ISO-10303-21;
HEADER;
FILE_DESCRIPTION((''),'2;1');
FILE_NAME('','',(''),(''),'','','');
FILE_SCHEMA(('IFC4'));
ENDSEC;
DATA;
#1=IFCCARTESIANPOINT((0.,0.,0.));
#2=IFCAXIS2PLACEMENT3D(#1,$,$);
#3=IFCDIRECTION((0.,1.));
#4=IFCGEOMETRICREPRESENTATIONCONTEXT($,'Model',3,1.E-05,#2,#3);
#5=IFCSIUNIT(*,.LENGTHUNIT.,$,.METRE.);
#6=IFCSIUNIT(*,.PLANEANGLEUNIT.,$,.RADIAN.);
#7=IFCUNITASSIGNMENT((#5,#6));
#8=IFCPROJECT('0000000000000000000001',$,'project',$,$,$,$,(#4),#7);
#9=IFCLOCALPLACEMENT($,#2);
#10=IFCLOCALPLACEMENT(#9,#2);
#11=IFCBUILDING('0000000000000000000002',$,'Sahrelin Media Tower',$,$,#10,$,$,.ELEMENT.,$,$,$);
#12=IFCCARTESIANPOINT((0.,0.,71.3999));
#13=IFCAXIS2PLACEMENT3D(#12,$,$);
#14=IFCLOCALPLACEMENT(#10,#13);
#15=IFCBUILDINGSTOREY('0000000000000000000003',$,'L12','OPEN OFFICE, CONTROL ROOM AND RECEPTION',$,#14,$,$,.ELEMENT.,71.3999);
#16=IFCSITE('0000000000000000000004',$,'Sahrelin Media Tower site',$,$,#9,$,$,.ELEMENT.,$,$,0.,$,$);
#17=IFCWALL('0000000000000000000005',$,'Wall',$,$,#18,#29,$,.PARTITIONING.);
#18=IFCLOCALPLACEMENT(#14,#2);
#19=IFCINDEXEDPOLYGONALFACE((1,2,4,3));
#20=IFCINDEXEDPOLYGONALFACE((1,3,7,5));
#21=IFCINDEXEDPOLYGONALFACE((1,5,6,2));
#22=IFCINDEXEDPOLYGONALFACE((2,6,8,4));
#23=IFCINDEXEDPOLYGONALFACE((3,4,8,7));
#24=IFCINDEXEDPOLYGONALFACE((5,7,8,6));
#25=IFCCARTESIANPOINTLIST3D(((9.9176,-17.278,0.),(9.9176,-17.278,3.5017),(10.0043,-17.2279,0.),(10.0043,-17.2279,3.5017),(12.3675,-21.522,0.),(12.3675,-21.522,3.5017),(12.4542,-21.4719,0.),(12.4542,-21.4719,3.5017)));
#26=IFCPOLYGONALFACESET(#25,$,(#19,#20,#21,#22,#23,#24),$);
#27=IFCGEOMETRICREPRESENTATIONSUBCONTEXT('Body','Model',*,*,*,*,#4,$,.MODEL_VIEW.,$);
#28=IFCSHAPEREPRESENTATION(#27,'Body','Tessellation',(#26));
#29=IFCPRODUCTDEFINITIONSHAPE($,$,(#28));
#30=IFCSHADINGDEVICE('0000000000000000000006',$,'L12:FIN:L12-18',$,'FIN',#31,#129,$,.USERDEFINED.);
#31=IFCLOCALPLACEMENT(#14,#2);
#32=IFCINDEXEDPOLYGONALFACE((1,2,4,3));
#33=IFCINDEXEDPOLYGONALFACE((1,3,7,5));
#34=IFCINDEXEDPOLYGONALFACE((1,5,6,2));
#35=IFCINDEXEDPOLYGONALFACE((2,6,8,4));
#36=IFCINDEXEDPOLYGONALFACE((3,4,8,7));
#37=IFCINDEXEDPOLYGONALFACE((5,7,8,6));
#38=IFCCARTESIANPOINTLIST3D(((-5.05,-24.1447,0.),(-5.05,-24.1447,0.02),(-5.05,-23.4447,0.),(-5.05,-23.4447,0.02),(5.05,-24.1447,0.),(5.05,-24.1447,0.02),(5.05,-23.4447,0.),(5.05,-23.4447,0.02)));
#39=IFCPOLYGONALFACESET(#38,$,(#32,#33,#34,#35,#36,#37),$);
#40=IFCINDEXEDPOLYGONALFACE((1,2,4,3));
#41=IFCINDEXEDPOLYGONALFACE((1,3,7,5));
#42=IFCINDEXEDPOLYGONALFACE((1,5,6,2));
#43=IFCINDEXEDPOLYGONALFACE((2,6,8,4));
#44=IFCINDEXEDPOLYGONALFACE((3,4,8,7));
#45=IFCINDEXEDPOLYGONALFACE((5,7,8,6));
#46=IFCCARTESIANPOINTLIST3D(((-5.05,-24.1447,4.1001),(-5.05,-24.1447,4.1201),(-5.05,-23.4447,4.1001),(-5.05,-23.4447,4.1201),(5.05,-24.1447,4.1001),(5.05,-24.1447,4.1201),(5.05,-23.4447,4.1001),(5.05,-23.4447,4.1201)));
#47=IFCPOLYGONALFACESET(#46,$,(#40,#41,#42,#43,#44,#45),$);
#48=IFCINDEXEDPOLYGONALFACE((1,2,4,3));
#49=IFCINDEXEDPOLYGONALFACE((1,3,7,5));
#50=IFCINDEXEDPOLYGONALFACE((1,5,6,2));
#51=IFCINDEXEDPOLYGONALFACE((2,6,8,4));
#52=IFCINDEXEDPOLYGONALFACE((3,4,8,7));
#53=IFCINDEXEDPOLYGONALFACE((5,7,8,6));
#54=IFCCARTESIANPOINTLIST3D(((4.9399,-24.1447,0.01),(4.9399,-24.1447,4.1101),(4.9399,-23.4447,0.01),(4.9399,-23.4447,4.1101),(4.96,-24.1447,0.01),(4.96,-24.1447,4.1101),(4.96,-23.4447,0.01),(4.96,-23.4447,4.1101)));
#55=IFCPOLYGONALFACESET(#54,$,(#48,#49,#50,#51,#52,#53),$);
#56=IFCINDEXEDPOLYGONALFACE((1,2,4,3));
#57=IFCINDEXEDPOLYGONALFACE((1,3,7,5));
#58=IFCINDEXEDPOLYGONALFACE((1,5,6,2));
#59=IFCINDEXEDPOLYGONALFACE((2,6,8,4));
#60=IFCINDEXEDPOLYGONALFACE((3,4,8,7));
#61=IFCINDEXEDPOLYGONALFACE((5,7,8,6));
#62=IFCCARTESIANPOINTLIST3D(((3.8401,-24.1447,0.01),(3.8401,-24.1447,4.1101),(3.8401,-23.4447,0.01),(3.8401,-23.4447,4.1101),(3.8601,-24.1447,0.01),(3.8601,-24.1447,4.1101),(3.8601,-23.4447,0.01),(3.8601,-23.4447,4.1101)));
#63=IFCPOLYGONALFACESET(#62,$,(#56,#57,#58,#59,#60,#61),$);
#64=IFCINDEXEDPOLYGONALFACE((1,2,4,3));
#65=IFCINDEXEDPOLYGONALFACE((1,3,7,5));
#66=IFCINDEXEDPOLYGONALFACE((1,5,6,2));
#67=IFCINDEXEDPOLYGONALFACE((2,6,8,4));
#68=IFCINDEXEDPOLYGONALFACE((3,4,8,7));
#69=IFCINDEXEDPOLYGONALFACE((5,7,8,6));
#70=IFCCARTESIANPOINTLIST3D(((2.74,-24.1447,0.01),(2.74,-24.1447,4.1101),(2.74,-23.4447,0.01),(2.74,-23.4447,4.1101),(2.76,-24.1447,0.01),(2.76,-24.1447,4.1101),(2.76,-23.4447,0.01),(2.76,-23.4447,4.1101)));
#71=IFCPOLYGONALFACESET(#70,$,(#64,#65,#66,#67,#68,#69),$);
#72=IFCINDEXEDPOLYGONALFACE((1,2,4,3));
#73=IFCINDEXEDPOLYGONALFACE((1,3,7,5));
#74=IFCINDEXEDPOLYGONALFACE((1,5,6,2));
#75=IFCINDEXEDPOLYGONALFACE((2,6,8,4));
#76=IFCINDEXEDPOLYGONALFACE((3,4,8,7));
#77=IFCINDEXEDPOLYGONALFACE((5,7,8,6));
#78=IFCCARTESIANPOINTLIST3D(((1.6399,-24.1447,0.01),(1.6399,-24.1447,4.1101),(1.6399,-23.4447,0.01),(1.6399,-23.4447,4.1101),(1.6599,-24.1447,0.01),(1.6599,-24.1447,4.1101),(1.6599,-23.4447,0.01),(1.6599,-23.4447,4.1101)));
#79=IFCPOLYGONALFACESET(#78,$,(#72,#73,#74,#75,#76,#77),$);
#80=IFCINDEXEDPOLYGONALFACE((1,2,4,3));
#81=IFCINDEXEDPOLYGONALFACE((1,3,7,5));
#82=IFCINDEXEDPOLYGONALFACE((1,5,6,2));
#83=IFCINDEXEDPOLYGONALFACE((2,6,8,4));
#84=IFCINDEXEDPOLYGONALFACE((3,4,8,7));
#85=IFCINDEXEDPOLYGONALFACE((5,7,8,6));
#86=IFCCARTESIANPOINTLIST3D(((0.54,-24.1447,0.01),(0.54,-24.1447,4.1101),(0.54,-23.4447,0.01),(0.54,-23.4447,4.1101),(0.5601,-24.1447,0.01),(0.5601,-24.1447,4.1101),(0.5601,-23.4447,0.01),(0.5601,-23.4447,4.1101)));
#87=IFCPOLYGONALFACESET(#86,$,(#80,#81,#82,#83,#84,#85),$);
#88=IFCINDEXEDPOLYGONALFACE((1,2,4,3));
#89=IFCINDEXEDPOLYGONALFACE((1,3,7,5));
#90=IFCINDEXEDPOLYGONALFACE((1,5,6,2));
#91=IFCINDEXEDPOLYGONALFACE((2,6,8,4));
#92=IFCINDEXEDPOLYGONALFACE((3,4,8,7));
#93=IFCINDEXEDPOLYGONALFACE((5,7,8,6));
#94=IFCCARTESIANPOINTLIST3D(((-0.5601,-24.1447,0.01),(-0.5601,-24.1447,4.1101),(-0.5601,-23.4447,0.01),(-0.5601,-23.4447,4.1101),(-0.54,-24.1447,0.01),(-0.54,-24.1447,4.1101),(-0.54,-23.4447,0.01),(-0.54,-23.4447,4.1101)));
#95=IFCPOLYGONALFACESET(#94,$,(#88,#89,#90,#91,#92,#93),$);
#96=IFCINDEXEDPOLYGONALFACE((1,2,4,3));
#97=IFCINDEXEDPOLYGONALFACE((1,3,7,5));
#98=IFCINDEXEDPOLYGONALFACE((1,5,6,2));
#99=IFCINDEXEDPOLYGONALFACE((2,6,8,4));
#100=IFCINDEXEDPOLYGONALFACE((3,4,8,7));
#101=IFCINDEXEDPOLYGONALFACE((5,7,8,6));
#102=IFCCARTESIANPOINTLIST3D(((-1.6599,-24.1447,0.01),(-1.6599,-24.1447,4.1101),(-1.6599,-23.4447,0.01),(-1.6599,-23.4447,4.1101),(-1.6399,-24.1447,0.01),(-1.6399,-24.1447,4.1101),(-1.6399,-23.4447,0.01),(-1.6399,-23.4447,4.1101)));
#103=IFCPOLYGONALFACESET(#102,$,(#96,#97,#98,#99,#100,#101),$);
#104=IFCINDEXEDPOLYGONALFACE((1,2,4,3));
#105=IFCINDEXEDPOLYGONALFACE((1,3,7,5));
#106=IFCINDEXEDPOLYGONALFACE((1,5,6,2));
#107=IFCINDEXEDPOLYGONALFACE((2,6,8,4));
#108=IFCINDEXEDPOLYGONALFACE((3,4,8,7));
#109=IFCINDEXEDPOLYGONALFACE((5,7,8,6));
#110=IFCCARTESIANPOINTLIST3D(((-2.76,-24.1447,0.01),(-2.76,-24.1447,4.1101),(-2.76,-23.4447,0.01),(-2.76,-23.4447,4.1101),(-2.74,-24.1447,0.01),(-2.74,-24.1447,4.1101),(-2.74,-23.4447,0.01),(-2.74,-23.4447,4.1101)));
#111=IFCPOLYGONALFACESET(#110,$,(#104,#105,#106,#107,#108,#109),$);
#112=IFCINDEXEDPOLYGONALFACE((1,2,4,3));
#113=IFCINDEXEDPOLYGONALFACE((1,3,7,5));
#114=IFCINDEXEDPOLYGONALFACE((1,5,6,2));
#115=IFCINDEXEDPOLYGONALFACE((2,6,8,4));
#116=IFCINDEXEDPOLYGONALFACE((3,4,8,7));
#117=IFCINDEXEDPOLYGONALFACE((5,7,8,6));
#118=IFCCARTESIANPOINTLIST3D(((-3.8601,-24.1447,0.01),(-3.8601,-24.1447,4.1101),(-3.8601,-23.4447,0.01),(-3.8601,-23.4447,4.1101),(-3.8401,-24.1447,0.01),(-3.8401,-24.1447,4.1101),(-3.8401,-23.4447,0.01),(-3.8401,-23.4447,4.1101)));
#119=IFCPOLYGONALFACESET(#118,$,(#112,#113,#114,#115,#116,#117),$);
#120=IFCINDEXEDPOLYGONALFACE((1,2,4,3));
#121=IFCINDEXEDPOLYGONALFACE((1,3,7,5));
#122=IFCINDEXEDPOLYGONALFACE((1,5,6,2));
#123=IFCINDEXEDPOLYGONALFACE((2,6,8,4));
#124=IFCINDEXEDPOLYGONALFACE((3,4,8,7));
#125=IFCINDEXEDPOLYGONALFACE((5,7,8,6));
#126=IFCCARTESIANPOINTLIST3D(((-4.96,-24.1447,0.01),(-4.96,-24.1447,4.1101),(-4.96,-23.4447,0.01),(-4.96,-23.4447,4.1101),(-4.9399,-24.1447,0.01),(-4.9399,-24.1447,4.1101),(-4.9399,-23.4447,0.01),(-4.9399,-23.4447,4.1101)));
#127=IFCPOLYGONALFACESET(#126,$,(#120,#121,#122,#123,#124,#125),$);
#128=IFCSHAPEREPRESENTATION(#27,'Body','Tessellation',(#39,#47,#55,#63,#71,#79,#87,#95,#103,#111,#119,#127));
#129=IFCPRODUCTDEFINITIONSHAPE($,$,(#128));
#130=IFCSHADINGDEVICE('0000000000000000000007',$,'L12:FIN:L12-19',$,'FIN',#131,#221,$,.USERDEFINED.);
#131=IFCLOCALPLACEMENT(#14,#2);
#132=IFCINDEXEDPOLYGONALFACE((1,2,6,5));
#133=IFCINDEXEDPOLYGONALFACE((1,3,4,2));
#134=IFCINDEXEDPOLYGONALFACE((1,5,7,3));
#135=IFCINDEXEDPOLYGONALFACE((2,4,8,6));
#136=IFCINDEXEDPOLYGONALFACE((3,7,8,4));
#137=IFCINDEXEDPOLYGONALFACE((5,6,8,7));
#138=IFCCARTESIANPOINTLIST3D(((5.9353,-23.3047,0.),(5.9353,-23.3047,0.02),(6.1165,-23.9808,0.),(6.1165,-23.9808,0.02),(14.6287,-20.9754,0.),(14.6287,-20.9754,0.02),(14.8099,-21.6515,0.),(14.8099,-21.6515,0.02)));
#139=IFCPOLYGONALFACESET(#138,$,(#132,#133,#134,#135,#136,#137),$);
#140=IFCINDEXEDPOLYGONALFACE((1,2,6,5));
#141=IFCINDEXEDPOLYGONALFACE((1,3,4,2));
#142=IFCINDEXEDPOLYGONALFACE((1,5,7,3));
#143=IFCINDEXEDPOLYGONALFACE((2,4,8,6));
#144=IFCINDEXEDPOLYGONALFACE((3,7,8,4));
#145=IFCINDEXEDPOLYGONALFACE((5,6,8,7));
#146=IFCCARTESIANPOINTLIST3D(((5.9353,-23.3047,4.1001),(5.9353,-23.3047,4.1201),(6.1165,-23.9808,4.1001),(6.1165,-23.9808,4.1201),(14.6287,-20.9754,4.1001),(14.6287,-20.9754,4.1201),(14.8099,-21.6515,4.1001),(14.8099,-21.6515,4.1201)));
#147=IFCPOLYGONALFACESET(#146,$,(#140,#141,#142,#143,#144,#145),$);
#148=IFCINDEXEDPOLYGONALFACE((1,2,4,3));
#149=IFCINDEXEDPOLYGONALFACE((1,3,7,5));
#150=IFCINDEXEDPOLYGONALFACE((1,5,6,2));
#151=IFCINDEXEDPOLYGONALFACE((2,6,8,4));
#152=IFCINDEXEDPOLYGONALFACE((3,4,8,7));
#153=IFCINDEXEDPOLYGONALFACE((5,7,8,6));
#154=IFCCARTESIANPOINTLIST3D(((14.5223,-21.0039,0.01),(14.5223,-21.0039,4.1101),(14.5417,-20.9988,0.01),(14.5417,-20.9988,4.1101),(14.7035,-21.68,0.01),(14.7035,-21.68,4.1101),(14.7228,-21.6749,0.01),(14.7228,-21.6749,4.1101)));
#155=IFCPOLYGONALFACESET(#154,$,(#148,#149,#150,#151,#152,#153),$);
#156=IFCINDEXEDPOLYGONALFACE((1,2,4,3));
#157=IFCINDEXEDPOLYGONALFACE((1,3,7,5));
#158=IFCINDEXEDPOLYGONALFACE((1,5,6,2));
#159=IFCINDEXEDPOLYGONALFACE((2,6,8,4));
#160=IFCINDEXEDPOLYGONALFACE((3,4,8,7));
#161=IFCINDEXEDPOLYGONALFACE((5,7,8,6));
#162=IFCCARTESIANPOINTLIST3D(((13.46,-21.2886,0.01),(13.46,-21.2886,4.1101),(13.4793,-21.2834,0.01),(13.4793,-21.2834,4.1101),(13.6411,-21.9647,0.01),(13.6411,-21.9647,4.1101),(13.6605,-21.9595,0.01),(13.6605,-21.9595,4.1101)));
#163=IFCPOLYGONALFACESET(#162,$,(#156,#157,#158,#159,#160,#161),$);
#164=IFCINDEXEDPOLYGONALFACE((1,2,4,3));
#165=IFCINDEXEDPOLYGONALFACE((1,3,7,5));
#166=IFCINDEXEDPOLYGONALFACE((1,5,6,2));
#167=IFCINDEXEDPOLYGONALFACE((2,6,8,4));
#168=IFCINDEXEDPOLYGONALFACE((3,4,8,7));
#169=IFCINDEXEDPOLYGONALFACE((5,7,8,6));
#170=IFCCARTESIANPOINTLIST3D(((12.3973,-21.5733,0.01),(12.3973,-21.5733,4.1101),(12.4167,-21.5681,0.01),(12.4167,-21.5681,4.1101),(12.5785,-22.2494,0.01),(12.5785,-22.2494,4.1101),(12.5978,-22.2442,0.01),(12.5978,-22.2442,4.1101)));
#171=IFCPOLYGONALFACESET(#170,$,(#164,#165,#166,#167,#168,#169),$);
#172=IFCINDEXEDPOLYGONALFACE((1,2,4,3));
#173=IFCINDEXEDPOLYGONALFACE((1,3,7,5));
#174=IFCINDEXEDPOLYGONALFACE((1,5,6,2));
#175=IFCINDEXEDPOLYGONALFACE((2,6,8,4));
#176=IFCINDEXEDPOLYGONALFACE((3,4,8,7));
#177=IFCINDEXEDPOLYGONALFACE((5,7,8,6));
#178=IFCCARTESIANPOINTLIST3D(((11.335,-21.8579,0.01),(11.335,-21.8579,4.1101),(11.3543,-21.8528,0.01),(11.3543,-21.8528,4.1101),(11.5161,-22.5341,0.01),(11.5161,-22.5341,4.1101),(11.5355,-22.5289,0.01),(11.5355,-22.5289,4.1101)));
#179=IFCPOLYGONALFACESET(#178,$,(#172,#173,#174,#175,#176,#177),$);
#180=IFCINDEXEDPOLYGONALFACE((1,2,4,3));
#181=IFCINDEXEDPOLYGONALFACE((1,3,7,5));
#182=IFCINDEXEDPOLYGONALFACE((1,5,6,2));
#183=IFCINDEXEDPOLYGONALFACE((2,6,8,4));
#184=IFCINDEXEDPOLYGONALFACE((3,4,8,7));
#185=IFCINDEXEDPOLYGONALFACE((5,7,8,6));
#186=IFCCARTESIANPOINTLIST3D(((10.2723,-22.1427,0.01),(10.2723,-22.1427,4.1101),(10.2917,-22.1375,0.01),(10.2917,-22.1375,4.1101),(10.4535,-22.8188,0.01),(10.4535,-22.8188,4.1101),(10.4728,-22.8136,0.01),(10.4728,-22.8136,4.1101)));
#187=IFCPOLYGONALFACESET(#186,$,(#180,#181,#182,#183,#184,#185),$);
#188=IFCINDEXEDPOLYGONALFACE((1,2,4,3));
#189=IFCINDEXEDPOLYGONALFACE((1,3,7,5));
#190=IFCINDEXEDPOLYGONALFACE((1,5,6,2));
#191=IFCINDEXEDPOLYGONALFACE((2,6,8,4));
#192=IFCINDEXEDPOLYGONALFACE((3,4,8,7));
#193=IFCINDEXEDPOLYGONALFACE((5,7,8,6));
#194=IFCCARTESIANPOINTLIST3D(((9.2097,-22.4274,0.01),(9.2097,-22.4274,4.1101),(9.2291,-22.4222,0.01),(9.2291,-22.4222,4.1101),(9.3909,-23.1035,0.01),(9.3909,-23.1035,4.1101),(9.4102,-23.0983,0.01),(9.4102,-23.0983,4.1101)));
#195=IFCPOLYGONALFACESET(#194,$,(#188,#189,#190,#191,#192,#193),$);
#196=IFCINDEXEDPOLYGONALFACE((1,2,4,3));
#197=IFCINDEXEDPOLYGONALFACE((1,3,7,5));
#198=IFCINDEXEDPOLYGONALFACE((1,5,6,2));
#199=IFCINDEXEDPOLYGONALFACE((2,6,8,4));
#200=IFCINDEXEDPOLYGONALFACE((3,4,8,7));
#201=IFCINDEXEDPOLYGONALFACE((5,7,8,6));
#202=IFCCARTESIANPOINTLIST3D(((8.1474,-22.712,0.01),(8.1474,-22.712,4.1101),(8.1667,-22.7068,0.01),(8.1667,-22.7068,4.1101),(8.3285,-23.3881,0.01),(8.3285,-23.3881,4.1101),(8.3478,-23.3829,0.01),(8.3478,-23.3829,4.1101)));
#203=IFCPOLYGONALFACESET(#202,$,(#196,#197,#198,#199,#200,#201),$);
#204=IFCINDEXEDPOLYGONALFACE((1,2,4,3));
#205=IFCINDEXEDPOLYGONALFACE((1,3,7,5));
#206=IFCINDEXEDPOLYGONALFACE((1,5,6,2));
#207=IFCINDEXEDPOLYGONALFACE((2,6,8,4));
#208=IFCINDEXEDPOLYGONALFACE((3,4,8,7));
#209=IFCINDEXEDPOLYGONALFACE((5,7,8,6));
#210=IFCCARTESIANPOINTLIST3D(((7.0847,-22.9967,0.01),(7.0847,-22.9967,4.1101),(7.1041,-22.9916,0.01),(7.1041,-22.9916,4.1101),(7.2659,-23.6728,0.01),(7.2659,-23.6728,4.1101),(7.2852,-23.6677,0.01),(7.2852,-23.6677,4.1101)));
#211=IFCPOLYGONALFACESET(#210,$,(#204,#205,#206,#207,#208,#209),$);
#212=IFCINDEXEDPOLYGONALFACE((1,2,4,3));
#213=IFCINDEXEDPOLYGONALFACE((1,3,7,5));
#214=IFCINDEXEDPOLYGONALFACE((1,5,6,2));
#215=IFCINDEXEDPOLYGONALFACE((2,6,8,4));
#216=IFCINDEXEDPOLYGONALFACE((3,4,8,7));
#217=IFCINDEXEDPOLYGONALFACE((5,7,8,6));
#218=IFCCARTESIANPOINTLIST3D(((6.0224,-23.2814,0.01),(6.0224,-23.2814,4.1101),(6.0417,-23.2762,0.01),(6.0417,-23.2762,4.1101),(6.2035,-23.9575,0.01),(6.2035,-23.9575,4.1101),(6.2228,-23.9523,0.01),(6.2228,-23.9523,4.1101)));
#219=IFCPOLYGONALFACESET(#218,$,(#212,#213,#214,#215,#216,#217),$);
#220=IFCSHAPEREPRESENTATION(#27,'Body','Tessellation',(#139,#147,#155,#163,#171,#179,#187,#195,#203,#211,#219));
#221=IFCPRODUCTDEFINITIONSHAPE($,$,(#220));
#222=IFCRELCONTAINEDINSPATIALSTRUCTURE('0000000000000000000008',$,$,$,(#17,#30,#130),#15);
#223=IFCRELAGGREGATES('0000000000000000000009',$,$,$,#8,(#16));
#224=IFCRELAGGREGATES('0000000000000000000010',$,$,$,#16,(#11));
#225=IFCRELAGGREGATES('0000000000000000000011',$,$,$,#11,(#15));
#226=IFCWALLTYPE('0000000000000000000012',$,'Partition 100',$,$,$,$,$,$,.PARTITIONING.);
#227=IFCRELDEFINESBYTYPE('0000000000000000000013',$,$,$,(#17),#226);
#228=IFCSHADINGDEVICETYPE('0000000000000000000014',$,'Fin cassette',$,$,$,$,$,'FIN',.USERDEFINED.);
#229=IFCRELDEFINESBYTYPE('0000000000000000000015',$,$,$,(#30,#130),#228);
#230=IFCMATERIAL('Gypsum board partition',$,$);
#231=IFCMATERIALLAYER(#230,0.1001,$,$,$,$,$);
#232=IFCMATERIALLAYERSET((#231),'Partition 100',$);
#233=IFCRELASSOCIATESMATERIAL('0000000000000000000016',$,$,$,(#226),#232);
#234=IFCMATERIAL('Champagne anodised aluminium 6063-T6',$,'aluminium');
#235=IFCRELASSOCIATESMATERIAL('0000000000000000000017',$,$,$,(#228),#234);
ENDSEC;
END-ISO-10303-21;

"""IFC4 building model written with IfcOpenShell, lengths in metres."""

from ifc_helpers import new_model, si_unit, direction, frame, frame_2d, origin, origin_2d, place, context, subcontext, project, spatial, rectangle, extrude, material, layer, layer_set, type_object, element, save


model = new_model("IFC4")

# Units and contexts
model_context = context("Model", 3, precision=1e-05, world=origin(), true_north=direction((0.0, 1.0)))
body_context = subcontext(model_context, "Body", "Model", "MODEL_VIEW")
ifc_project = project(units=[si_unit("LENGTHUNIT", "METRE"), si_unit("PLANEANGLEUNIT", "RADIAN")], contexts=[model_context])

# Site, building, storey
site_placement = place(None, origin())
site = spatial("IfcSite", under=ifc_project, at=site_placement, Name="Sahrelin Media Tower site", CompositionType="ELEMENT", RefElevation=0.0)
building_placement = place(site_placement, origin())
building = spatial("IfcBuilding", under=site, at=building_placement, Name="Sahrelin Media Tower", CompositionType="ELEMENT")
storey_placement = place(building_placement, frame((0.0, 0.0, 71.3999)))
storey = spatial("IfcBuildingStorey", under=building, at=storey_placement, Name="L12", Description="OPEN OFFICE, CONTROL ROOM AND RECEPTION", CompositionType="ELEMENT", Elevation=71.3999)

# Shared definitions
ifc_material_1 = material(Name="Champagne anodised aluminium 6063-T6", Category="aluminium")

# Wall
ifc_material_2 = material(Name="Gypsum board partition")
ifc_layer_1 = layer(ifc_material_2, 0.1001)
ifc_layer_set_1 = layer_set([ifc_layer_1], Name="Partition 100")
wall_type_1 = type_object("IfcWallType", Name="Partition 100", PredefinedType="PARTITIONING", material=ifc_layer_set_1)
wall_1_placement = place(storey_placement, frame((9.9609, -17.2529, 0.0), z_axis=(0.0, 0.0, 1.0), x_axis=(0.499938, -0.866061, 0.0)))
element("IfcWall", 1, at=wall_1_placement, inside=storey, type_object=wall_type_1, Name="Wall", PredefinedType="PARTITIONING", context=body_context, shape_type="SweptSolid", body=[
    extrude(rectangle(XDim=4.9004, YDim=0.1001, at=frame_2d((2.4502, 0.0))), origin(), (0.0, 0.0, 1.0), 3.5017),
])

# Shading devices
shading_device_type_1 = type_object("IfcShadingDeviceType", Name="Fin cassette", ElementType="FIN", PredefinedType="USERDEFINED", material=ifc_material_1)
placement_1 = place(storey_placement, frame((0.0, -23.3748, 0.0), z_axis=(0.0, 0.0, 1.0), x_axis=(-1.0, 0.0, 0.0)))
element("IfcShadingDevice", 2, at=placement_1, inside=storey, type_object=shading_device_type_1, Name="L12:FIN:L12-18", ObjectType="FIN", PredefinedType="USERDEFINED", context=body_context, shape_type="SweptSolid", body=[
    extrude(rectangle(XDim=10.1001, YDim=0.7, at=origin_2d()), frame((0.0, 0.4199, 0.0)), (0.0, 0.0, 1.0), 0.02),
    extrude(rectangle(XDim=10.1001, YDim=0.7, at=origin_2d()), frame((0.0, 0.4199, 4.1001)), (0.0, 0.0, 1.0), 0.02),
    extrude(rectangle(XDim=0.02, YDim=0.7, at=origin_2d()), frame((-4.95, 0.4199, 0.01), z_axis=(0.0, 0.0, 1.0), x_axis=(1.0, 0.0, 0.0)), (0.0, 0.0, 1.0), 4.1001),
    extrude(rectangle(XDim=0.02, YDim=0.7, at=origin_2d()), frame((-3.8501, 0.4199, 0.01), z_axis=(0.0, 0.0, 1.0), x_axis=(1.0, 0.0, 0.0)), (0.0, 0.0, 1.0), 4.1001),
    extrude(rectangle(XDim=0.02, YDim=0.7, at=origin_2d()), frame((-2.75, 0.4199, 0.01), z_axis=(0.0, 0.0, 1.0), x_axis=(1.0, 0.0, 0.0)), (0.0, 0.0, 1.0), 4.1001),
    extrude(rectangle(XDim=0.02, YDim=0.7, at=origin_2d()), frame((-1.6499, 0.4199, 0.01), z_axis=(0.0, 0.0, 1.0), x_axis=(1.0, 0.0, 0.0)), (0.0, 0.0, 1.0), 4.1001),
    extrude(rectangle(XDim=0.02, YDim=0.7, at=origin_2d()), frame((-0.55, 0.4199, 0.01), z_axis=(0.0, 0.0, 1.0), x_axis=(1.0, 0.0, 0.0)), (0.0, 0.0, 1.0), 4.1001),
    extrude(rectangle(XDim=0.02, YDim=0.7, at=origin_2d()), frame((0.55, 0.4199, 0.01), z_axis=(0.0, 0.0, 1.0), x_axis=(1.0, 0.0, 0.0)), (0.0, 0.0, 1.0), 4.1001),
    extrude(rectangle(XDim=0.02, YDim=0.7, at=origin_2d()), frame((1.6499, 0.4199, 0.01), z_axis=(0.0, 0.0, 1.0), x_axis=(1.0, 0.0, 0.0)), (0.0, 0.0, 1.0), 4.1001),
    extrude(rectangle(XDim=0.02, YDim=0.7, at=origin_2d()), frame((2.75, 0.4199, 0.01), z_axis=(0.0, 0.0, 1.0), x_axis=(1.0, 0.0, 0.0)), (0.0, 0.0, 1.0), 4.1001),
    extrude(rectangle(XDim=0.02, YDim=0.7, at=origin_2d()), frame((3.8501, 0.4199, 0.01), z_axis=(0.0, 0.0, 1.0), x_axis=(1.0, 0.0, 0.0)), (0.0, 0.0, 1.0), 4.1001),
    extrude(rectangle(XDim=0.02, YDim=0.7, at=origin_2d()), frame((4.95, 0.4199, 0.01), z_axis=(0.0, 0.0, 1.0), x_axis=(1.0, 0.0, 0.0)), (0.0, 0.0, 1.0), 4.1001),
])
placement_2 = place(storey_placement, frame((10.2639, -22.0725, 0.0), z_axis=(0.0, 0.0, 1.0), x_axis=(-0.965929, -0.258808, 0.0)))
element("IfcShadingDevice", 3, at=placement_2, inside=storey, type_object=shading_device_type_1, Name="L12:FIN:L12-19", ObjectType="FIN", PredefinedType="USERDEFINED", context=body_context, shape_type="SweptSolid", body=[
    extrude(rectangle(XDim=9.0, YDim=0.7, at=origin_2d()), frame((0.0, 0.4199, 0.0)), (0.0, 0.0, 1.0), 0.02),
    extrude(rectangle(XDim=9.0, YDim=0.7, at=origin_2d()), frame((0.0, 0.4199, 4.1001)), (0.0, 0.0, 1.0), 0.02),
    extrude(rectangle(XDim=0.02, YDim=0.7, at=origin_2d()), frame((-4.3999, 0.4199, 0.01), z_axis=(0.0, 0.0, 1.0), x_axis=(1.0, 0.0, 0.0)), (0.0, 0.0, 1.0), 4.1001),
    extrude(rectangle(XDim=0.02, YDim=0.7, at=origin_2d()), frame((-3.3, 0.4199, 0.01), z_axis=(0.0, 0.0, 1.0), x_axis=(1.0, 0.0, 0.0)), (0.0, 0.0, 1.0), 4.1001),
    extrude(rectangle(XDim=0.02, YDim=0.7, at=origin_2d()), frame((-2.2, 0.4199, 0.01), z_axis=(0.0, 0.0, 1.0), x_axis=(1.0, 0.0, 0.0)), (0.0, 0.0, 1.0), 4.1001),
    extrude(rectangle(XDim=0.02, YDim=0.7, at=origin_2d()), frame((-1.1001, 0.4199, 0.01), z_axis=(0.0, 0.0, 1.0), x_axis=(1.0, 0.0, 0.0)), (0.0, 0.0, 1.0), 4.1001),
    extrude(rectangle(XDim=0.02, YDim=0.7, at=origin_2d()), frame((0.0, 0.4199, 0.01), z_axis=(0.0, 0.0, 1.0), x_axis=(1.0, 0.0, 0.0)), (0.0, 0.0, 1.0), 4.1001),
    extrude(rectangle(XDim=0.02, YDim=0.7, at=origin_2d()), frame((1.1001, 0.4199, 0.01), z_axis=(0.0, 0.0, 1.0), x_axis=(1.0, 0.0, 0.0)), (0.0, 0.0, 1.0), 4.1001),
    extrude(rectangle(XDim=0.02, YDim=0.7, at=origin_2d()), frame((2.2, 0.4199, 0.01), z_axis=(0.0, 0.0, 1.0), x_axis=(1.0, 0.0, 0.0)), (0.0, 0.0, 1.0), 4.1001),
    extrude(rectangle(XDim=0.02, YDim=0.7, at=origin_2d()), frame((3.3, 0.4199, 0.01), z_axis=(0.0, 0.0, 1.0), x_axis=(1.0, 0.0, 0.0)), (0.0, 0.0, 1.0), 4.1001),
    extrude(rectangle(XDim=0.02, YDim=0.7, at=origin_2d()), frame((4.3999, 0.4199, 0.01), z_axis=(0.0, 0.0, 1.0), x_axis=(1.0, 0.0, 0.0)), (0.0, 0.0, 1.0), 4.1001),
])

save(model, "model.ifc")
